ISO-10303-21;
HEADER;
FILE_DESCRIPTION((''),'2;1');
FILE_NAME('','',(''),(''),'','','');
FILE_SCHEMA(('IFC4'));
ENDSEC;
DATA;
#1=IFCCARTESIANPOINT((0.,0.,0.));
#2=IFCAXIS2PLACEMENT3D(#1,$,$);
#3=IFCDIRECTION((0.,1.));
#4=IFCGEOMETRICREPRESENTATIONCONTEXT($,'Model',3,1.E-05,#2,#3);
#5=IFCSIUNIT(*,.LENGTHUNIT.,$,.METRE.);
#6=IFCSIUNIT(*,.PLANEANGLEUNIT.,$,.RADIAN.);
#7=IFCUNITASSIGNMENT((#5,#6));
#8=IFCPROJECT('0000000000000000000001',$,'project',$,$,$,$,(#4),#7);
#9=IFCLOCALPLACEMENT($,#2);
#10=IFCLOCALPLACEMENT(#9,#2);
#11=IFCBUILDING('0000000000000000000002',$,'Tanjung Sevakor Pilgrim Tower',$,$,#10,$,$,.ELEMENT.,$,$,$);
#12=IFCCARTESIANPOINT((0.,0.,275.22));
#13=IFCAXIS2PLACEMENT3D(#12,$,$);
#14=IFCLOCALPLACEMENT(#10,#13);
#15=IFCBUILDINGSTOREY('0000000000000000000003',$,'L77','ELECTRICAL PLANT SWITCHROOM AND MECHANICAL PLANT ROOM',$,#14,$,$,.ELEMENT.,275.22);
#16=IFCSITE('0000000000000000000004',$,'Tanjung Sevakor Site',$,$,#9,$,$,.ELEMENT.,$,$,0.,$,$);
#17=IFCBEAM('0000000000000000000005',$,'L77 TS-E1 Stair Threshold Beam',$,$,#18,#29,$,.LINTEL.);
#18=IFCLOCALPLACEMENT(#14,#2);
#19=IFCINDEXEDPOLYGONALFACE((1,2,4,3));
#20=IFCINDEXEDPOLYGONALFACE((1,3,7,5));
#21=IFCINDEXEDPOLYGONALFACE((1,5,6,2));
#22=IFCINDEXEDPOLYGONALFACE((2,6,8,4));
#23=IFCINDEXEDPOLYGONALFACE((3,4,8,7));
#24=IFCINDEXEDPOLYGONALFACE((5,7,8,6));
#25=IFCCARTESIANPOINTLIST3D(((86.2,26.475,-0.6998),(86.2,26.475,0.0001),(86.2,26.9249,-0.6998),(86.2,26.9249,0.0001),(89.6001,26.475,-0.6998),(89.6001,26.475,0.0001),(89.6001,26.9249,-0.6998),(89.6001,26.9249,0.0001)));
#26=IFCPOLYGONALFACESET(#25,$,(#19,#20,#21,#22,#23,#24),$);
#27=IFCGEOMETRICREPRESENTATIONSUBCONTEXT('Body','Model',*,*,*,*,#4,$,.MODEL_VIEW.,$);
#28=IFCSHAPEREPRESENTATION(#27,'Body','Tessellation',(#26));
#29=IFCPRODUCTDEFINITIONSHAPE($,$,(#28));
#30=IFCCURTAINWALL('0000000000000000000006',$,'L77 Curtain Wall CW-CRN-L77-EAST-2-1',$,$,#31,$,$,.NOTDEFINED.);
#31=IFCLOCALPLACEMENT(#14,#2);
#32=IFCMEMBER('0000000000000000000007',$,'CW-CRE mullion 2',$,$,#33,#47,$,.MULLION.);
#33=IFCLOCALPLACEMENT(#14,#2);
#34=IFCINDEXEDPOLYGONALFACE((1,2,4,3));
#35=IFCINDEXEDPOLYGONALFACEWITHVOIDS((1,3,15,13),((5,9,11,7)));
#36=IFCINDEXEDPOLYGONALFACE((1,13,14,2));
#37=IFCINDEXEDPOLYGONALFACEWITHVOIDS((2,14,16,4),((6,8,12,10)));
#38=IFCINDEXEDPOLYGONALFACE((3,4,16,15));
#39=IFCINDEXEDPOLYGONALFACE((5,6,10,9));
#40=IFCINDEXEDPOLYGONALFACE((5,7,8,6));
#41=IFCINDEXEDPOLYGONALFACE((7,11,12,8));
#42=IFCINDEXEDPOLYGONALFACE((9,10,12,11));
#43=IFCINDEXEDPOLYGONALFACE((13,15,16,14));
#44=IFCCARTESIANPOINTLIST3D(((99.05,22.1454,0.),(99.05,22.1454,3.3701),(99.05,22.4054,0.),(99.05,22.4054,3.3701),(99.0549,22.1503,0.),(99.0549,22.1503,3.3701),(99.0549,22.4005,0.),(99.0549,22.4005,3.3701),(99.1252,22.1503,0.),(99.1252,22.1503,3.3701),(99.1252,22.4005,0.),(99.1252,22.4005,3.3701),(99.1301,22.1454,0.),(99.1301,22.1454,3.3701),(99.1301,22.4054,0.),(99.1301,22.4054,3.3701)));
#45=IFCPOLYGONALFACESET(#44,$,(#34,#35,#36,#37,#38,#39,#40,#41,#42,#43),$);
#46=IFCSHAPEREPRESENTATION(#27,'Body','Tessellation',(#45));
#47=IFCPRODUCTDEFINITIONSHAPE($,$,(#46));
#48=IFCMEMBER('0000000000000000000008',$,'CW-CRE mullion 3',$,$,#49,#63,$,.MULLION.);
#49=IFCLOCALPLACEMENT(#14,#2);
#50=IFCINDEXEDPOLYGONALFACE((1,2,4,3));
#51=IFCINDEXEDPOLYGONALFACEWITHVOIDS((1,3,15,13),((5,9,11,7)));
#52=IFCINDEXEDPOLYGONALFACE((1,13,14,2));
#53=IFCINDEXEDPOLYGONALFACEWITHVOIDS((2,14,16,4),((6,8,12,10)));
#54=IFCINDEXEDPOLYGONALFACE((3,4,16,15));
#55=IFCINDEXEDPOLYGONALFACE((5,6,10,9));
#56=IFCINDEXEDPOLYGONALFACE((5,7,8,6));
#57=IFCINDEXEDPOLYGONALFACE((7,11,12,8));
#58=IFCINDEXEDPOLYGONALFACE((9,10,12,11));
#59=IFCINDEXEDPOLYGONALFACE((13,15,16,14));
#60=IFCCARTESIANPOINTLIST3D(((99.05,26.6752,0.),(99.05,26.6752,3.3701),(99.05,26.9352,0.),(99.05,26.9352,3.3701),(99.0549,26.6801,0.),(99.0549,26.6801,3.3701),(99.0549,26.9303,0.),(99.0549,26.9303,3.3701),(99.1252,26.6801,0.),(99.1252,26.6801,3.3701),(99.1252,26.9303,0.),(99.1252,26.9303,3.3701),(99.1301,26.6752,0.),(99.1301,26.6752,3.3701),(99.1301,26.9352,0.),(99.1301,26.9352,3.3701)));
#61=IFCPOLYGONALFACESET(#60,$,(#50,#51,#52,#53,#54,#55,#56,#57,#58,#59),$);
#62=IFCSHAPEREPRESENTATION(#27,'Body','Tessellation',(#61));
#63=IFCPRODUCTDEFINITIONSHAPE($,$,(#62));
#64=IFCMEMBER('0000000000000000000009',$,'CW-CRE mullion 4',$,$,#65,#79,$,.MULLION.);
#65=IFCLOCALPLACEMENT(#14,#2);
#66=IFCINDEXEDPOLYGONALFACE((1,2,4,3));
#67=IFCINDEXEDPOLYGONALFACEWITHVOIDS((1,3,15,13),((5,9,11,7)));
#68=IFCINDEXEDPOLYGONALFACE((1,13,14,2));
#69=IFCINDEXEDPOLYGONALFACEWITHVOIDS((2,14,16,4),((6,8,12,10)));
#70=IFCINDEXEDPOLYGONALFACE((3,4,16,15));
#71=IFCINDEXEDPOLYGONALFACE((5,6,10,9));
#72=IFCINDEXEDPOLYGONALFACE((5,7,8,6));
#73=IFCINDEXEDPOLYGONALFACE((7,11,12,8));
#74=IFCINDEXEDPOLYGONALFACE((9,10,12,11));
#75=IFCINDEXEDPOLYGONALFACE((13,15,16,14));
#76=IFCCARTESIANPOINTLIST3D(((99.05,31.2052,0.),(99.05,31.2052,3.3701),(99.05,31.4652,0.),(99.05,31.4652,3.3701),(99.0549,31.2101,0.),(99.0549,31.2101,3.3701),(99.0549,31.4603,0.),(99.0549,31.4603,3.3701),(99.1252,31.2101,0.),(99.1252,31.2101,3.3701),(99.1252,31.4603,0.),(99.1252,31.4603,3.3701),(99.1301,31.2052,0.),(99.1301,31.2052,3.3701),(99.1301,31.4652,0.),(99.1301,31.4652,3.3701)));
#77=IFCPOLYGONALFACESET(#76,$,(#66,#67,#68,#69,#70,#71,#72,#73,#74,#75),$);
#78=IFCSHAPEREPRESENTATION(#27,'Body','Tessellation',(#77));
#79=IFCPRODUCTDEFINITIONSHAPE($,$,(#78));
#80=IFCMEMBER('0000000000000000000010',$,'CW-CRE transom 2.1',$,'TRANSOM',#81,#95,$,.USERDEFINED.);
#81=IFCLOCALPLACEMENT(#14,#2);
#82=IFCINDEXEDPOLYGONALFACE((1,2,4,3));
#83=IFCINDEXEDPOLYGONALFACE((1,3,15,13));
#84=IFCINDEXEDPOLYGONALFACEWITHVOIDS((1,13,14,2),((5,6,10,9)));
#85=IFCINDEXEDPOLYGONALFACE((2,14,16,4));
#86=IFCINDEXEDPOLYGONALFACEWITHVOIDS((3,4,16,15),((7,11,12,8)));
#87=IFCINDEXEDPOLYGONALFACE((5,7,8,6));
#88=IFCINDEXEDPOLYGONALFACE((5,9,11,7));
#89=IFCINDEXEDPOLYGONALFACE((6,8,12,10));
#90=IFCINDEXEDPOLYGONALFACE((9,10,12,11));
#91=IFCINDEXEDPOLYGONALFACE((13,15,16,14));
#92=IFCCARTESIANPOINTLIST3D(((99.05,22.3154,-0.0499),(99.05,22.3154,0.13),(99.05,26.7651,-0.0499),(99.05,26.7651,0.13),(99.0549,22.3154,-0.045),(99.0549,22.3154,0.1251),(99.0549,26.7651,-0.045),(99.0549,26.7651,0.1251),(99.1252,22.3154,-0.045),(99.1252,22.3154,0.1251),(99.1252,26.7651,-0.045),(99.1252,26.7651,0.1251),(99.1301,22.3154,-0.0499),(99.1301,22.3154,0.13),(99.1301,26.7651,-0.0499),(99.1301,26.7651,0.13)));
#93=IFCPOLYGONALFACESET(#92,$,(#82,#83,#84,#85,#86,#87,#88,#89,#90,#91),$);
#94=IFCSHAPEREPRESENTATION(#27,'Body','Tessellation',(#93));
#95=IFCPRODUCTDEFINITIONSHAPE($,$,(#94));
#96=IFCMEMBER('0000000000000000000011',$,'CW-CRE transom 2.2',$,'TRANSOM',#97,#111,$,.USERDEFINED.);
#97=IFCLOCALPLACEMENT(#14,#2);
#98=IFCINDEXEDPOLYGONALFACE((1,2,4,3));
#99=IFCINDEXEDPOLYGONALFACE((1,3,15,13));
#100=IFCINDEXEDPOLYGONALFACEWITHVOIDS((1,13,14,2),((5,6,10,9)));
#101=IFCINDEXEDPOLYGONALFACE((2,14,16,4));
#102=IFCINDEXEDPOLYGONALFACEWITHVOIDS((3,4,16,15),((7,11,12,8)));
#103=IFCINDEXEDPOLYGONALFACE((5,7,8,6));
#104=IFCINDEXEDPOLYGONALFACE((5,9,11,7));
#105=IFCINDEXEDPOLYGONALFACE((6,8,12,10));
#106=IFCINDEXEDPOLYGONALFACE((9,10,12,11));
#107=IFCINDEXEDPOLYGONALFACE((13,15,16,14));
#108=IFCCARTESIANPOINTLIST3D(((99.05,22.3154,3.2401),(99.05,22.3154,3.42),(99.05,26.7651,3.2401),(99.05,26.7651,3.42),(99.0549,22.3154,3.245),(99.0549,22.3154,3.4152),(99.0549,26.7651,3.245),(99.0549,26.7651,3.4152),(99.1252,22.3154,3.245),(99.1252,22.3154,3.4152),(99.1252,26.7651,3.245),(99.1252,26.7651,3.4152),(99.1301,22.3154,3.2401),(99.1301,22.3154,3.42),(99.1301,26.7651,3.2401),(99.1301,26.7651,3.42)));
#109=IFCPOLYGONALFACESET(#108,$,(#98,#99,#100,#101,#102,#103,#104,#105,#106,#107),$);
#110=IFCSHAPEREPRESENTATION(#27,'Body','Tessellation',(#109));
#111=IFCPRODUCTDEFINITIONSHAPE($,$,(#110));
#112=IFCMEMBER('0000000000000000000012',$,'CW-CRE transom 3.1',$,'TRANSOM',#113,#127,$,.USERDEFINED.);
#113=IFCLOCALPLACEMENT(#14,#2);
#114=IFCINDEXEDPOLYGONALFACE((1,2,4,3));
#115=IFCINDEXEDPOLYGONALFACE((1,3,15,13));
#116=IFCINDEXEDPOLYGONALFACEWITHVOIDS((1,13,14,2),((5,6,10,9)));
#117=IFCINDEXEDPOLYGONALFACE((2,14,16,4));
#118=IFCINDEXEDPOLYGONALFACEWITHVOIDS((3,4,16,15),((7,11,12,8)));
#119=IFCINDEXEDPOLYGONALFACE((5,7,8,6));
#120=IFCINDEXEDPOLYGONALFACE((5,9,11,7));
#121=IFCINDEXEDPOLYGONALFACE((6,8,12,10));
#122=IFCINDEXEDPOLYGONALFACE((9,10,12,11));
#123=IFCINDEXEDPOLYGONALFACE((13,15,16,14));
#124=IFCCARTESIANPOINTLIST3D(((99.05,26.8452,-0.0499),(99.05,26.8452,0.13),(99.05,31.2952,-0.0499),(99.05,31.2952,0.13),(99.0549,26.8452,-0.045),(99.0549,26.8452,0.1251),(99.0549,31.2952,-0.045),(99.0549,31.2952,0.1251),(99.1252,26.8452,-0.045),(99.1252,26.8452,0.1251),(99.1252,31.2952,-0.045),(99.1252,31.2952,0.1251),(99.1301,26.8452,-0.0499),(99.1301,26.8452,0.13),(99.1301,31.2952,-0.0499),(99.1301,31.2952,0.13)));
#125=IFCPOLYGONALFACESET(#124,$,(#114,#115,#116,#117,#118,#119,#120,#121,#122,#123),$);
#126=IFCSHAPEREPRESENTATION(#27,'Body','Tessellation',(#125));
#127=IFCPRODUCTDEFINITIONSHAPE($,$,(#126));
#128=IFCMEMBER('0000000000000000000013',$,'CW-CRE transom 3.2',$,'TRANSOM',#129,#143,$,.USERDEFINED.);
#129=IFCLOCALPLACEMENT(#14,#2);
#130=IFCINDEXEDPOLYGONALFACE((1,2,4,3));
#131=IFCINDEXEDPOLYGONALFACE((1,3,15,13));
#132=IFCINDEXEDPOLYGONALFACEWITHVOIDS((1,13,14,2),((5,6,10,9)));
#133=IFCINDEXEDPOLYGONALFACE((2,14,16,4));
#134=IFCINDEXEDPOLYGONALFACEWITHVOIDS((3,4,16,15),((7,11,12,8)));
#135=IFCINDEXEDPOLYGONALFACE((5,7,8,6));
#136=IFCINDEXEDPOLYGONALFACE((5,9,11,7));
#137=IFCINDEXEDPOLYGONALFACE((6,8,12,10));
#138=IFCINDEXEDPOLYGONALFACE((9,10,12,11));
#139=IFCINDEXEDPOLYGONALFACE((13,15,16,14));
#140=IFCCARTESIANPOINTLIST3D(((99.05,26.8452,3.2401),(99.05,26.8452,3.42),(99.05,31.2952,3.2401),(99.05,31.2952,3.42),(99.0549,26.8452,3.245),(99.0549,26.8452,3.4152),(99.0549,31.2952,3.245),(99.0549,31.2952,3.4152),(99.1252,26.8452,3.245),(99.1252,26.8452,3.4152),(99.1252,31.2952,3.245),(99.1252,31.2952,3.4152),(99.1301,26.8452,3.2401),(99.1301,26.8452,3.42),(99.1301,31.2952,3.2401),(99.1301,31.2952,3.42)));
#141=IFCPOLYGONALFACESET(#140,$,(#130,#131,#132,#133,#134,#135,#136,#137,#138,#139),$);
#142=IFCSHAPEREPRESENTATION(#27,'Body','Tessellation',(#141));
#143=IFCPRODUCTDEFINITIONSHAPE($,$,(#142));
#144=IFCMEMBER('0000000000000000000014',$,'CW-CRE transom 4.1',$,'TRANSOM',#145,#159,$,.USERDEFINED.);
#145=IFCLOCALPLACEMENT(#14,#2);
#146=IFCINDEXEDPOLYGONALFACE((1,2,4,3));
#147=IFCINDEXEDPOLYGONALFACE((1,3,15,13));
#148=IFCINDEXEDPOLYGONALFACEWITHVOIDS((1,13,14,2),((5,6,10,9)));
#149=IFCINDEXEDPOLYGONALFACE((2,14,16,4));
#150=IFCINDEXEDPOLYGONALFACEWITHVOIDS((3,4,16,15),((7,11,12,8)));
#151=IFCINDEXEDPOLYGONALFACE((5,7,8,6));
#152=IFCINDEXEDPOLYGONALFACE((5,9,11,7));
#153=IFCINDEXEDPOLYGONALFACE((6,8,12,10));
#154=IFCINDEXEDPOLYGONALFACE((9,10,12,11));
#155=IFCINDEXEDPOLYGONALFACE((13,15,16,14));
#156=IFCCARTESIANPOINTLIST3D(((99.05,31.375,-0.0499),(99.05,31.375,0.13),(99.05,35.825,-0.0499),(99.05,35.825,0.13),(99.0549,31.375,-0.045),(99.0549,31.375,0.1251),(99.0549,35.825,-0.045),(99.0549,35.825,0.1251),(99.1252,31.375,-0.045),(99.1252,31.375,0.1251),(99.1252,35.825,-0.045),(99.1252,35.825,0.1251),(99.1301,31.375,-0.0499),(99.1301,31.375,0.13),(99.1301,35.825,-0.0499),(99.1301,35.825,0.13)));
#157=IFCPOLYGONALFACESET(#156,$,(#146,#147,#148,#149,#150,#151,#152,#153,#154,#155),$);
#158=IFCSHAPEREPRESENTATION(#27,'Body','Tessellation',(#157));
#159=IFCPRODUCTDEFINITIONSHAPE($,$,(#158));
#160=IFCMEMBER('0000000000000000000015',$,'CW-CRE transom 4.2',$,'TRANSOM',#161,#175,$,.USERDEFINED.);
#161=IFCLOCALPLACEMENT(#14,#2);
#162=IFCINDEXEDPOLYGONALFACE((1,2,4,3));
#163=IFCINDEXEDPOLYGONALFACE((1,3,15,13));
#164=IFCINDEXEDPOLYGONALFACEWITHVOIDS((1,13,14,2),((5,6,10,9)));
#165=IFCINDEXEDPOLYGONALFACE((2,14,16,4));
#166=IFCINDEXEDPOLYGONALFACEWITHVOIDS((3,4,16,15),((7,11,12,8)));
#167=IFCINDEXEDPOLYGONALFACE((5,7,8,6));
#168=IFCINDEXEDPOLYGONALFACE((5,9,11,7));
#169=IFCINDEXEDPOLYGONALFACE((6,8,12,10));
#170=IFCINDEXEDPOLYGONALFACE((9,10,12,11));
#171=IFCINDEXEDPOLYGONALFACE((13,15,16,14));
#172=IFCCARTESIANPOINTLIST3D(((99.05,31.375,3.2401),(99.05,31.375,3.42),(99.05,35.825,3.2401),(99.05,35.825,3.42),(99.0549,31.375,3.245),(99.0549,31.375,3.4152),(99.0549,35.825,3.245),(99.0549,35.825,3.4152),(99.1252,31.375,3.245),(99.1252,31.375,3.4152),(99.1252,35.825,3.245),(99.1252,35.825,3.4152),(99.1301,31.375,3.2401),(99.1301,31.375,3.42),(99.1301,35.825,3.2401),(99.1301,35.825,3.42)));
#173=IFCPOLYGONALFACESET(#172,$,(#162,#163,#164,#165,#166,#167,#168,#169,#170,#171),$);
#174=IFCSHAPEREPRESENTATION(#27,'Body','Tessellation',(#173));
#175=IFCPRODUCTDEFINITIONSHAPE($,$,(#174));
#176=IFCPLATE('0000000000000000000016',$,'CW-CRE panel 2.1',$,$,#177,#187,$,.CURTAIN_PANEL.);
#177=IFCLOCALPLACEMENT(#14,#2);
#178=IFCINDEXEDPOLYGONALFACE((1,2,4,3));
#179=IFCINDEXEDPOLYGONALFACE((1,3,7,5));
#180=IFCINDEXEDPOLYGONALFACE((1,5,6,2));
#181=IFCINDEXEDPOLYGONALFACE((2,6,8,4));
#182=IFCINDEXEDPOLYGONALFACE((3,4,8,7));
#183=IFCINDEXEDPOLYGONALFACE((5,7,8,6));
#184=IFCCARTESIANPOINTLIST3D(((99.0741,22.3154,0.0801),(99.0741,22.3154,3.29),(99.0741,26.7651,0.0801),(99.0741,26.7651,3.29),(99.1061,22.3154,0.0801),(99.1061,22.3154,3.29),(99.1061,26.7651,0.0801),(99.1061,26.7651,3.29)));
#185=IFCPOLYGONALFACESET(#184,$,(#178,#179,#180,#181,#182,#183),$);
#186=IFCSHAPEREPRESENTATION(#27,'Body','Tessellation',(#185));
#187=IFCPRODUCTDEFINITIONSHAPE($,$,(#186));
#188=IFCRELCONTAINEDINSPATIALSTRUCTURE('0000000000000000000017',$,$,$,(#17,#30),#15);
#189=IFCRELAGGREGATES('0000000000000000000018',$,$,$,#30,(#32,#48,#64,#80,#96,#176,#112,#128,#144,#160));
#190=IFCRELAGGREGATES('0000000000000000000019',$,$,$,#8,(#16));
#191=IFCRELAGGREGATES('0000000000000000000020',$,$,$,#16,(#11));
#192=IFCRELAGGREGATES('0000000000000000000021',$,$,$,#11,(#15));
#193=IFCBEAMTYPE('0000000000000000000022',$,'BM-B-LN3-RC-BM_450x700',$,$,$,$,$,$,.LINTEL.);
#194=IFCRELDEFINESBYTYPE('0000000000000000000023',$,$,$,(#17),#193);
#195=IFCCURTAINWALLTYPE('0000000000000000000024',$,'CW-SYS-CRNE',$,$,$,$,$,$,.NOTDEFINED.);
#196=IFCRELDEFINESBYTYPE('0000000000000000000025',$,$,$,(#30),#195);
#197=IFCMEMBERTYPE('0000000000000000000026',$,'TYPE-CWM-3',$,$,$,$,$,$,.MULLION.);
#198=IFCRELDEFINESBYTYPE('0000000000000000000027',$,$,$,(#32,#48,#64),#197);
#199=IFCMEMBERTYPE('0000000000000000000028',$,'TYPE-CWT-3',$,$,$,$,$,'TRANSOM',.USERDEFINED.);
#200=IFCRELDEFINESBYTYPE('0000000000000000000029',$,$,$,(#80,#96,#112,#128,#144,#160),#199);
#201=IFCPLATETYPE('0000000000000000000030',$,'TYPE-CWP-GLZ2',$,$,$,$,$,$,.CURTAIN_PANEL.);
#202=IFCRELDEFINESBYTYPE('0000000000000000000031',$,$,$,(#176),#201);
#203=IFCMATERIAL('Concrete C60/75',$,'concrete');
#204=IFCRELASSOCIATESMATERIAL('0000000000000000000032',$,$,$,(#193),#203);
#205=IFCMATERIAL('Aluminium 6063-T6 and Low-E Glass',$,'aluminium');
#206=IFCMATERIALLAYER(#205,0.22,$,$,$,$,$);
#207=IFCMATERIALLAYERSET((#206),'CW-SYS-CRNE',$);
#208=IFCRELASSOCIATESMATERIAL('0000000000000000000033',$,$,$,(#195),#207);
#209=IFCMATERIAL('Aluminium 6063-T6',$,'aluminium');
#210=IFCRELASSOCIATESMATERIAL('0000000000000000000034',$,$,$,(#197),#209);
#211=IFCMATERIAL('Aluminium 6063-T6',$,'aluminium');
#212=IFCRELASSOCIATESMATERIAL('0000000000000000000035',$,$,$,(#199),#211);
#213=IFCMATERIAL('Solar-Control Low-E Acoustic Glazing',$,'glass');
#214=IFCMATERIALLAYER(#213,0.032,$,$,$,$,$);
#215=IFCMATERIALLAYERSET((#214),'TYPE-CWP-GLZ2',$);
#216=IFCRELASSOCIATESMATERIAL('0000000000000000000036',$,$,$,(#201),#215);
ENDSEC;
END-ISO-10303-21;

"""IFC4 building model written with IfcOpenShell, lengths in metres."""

from ifc_helpers import new_model, si_unit, direction, frame, origin, origin_2d, place, context, subcontext, project, spatial, rectangle, hollow_rectangle, extrude, material, layer, layer_set, material_profile, profile_set, type_object, element, aggregate, save


model = new_model("IFC4")

# Units and contexts
model_context = context("Model", 3, precision=1e-05, world=origin(), true_north=direction((0.0, 1.0)))
body_context = subcontext(model_context, "Body", "Model", "MODEL_VIEW")
ifc_project = project(units=[si_unit("LENGTHUNIT", "METRE"), si_unit("PLANEANGLEUNIT", "RADIAN")], contexts=[model_context])

# Site, building, storey
site_placement = place(None, origin())
site = spatial("IfcSite", under=ifc_project, at=site_placement, Name="Tanjung Sevakor Site", CompositionType="ELEMENT", RefElevation=0.0)
building_placement = place(site_placement, origin())
building = spatial("IfcBuilding", under=site, at=building_placement, Name="Tanjung Sevakor Pilgrim Tower", CompositionType="ELEMENT")
storey_placement = place(building_placement, frame((0.0, 0.0, 275.22)))
storey = spatial("IfcBuildingStorey", under=building, at=storey_placement, Name="L77", Description="ELECTRICAL PLANT SWITCHROOM AND MECHANICAL PLANT ROOM", CompositionType="ELEMENT", Elevation=275.22)

# Beam
ifc_material_1 = material(Name="Concrete C60/75", Category="concrete")
ifc_material_profile_1 = material_profile(ifc_material_1, rectangle(XDim=0.45, YDim=0.7, at=origin_2d()))
ifc_profile_set_1 = profile_set([ifc_material_profile_1], Name="Concrete C60/75")
beam_type = type_object("IfcBeamType", Name="BM-B-LN3-RC-BM_450x700", PredefinedType="LINTEL", material=ifc_profile_set_1)
beam_placement = place(storey_placement, frame((86.2, 26.7, -0.3499), z_axis=(1.0, 0.0, 0.0), x_axis=(0.0, 1.0, 0.0)))
element("IfcBeam", 1, at=beam_placement, inside=storey, type_object=beam_type, Name="L77 TS-E1 Stair Threshold Beam", PredefinedType="LINTEL", context=body_context, shape_type="SweptSolid", body=[
    extrude(rectangle(XDim=0.45, YDim=0.7, at=origin_2d()), origin(), (0.0, 0.0, 1.0), 3.4001),
])

# Curtain wall, members, plate
ifc_material_2 = material(Name="Aluminium 6063-T6 and Low-E Glass", Category="aluminium")
ifc_layer_1 = layer(ifc_material_2, 0.22)
ifc_layer_set_1 = layer_set([ifc_layer_1], Name="CW-SYS-CRNE")
curtain_wall_type = type_object("IfcCurtainWallType", Name="CW-SYS-CRNE", PredefinedType="NOTDEFINED", material=ifc_layer_set_1)
curtain_wall_placement = place(storey_placement, origin())
curtain_wall = element("IfcCurtainWall", 2, at=curtain_wall_placement, inside=storey, type_object=curtain_wall_type, Name="L77 Curtain Wall CW-CRN-L77-EAST-2-1", PredefinedType="NOTDEFINED")
ifc_material_3 = material(Name="Aluminium 6063-T6", Category="aluminium")
ifc_material_profile_2 = material_profile(ifc_material_3, hollow_rectangle(XDim=0.0801, YDim=0.26, WallThickness=0.0049, at=origin_2d()))
ifc_profile_set_2 = profile_set([ifc_material_profile_2], Name="Aluminium 6063-T6")
member_type_1 = type_object("IfcMemberType", Name="TYPE-CWM-3", PredefinedType="MULLION", material=ifc_profile_set_2)
member_1_placement = place(storey_placement, frame((99.0901, 22.2754, 0.0), z_axis=(0.0, 0.0, 1.0), x_axis=(-1.0, 0.0, 0.0)))
member_1 = element("IfcMember", 3, at=member_1_placement, type_object=member_type_1, Name="CW-CRE mullion 2", PredefinedType="MULLION", context=body_context, shape_type="SweptSolid", body=[
    extrude(hollow_rectangle(XDim=0.0801, YDim=0.26, WallThickness=0.0049, at=origin_2d()), origin(), (0.0, 0.0, 1.0), 3.3701),
])
member_2_placement = place(storey_placement, frame((99.0901, 26.8052, 0.0), z_axis=(0.0, 0.0, 1.0), x_axis=(-1.0, 0.0, 0.0)))
member_2 = element("IfcMember", 4, at=member_2_placement, type_object=member_type_1, Name="CW-CRE mullion 3", PredefinedType="MULLION", context=body_context, shape_type="SweptSolid", body=[
    extrude(hollow_rectangle(XDim=0.0801, YDim=0.26, WallThickness=0.0049, at=origin_2d()), origin(), (0.0, 0.0, 1.0), 3.3701),
])
member_3_placement = place(storey_placement, frame((99.0901, 31.3352, 0.0), z_axis=(0.0, 0.0, 1.0), x_axis=(-1.0, 0.0, 0.0)))
member_3 = element("IfcMember", 5, at=member_3_placement, type_object=member_type_1, Name="CW-CRE mullion 4", PredefinedType="MULLION", context=body_context, shape_type="SweptSolid", body=[
    extrude(hollow_rectangle(XDim=0.0801, YDim=0.26, WallThickness=0.0049, at=origin_2d()), origin(), (0.0, 0.0, 1.0), 3.3701),
])
ifc_material_4 = material(Name="Aluminium 6063-T6", Category="aluminium")
ifc_material_profile_3 = material_profile(ifc_material_4, hollow_rectangle(XDim=0.0801, YDim=0.1799, WallThickness=0.0049, at=origin_2d()))
ifc_profile_set_3 = profile_set([ifc_material_profile_3], Name="Aluminium 6063-T6")
member_type_2 = type_object("IfcMemberType", Name="TYPE-CWT-3", ElementType="TRANSOM", PredefinedType="USERDEFINED", material=ifc_profile_set_3)
member_4_placement = place(storey_placement, frame((99.0901, 22.3154, 0.04), z_axis=(0.0, 1.0, 0.0), x_axis=(-1.0, 0.0, 0.0)))
member_4 = element("IfcMember", 6, at=member_4_placement, type_object=member_type_2, Name="CW-CRE transom 2.1", ObjectType="TRANSOM", PredefinedType="USERDEFINED", context=body_context, shape_type="SweptSolid", body=[
    extrude(hollow_rectangle(XDim=0.0801, YDim=0.1799, WallThickness=0.0049, at=origin_2d()), origin(), (0.0, 0.0, 1.0), 4.4497),
])
member_5_placement = place(storey_placement, frame((99.0901, 22.3154, 3.3301), z_axis=(0.0, 1.0, 0.0), x_axis=(-1.0, 0.0, 0.0)))
member_5 = element("IfcMember", 7, at=member_5_placement, type_object=member_type_2, Name="CW-CRE transom 2.2", ObjectType="TRANSOM", PredefinedType="USERDEFINED", context=body_context, shape_type="SweptSolid", body=[
    extrude(hollow_rectangle(XDim=0.0801, YDim=0.1799, WallThickness=0.0049, at=origin_2d()), origin(), (0.0, 0.0, 1.0), 4.4497),
])
member_6_placement = place(storey_placement, frame((99.0901, 26.8452, 0.04), z_axis=(0.0, 1.0, 0.0), x_axis=(-1.0, 0.0, 0.0)))
member_6 = element("IfcMember", 8, at=member_6_placement, type_object=member_type_2, Name="CW-CRE transom 3.1", ObjectType="TRANSOM", PredefinedType="USERDEFINED", context=body_context, shape_type="SweptSolid", body=[
    extrude(hollow_rectangle(XDim=0.0801, YDim=0.1799, WallThickness=0.0049, at=origin_2d()), origin(), (0.0, 0.0, 1.0), 4.45),
])
member_7_placement = place(storey_placement, frame((99.0901, 26.8452, 3.3301), z_axis=(0.0, 1.0, 0.0), x_axis=(-1.0, 0.0, 0.0)))
member_7 = element("IfcMember", 9, at=member_7_placement, type_object=member_type_2, Name="CW-CRE transom 3.2", ObjectType="TRANSOM", PredefinedType="USERDEFINED", context=body_context, shape_type="SweptSolid", body=[
    extrude(hollow_rectangle(XDim=0.0801, YDim=0.1799, WallThickness=0.0049, at=origin_2d()), origin(), (0.0, 0.0, 1.0), 4.45),
])
member_8_placement = place(storey_placement, frame((99.0901, 31.375, 0.04), z_axis=(0.0, 1.0, 0.0), x_axis=(-1.0, 0.0, 0.0)))
member_8 = element("IfcMember", 10, at=member_8_placement, type_object=member_type_2, Name="CW-CRE transom 4.1", ObjectType="TRANSOM", PredefinedType="USERDEFINED", context=body_context, shape_type="SweptSolid", body=[
    extrude(hollow_rectangle(XDim=0.0801, YDim=0.1799, WallThickness=0.0049, at=origin_2d()), origin(), (0.0, 0.0, 1.0), 4.45),
])
member_9_placement = place(storey_placement, frame((99.0901, 31.375, 3.3301), z_axis=(0.0, 1.0, 0.0), x_axis=(-1.0, 0.0, 0.0)))
member_9 = element("IfcMember", 11, at=member_9_placement, type_object=member_type_2, Name="CW-CRE transom 4.2", ObjectType="TRANSOM", PredefinedType="USERDEFINED", context=body_context, shape_type="SweptSolid", body=[
    extrude(hollow_rectangle(XDim=0.0801, YDim=0.1799, WallThickness=0.0049, at=origin_2d()), origin(), (0.0, 0.0, 1.0), 4.45),
])
ifc_material_5 = material(Name="Solar-Control Low-E Acoustic Glazing", Category="glass")
ifc_layer_2 = layer(ifc_material_5, 0.032)
ifc_layer_set_2 = layer_set([ifc_layer_2], Name="TYPE-CWP-GLZ2")
plate_type = type_object("IfcPlateType", Name="TYPE-CWP-GLZ2", PredefinedType="CURTAIN_PANEL", material=ifc_layer_set_2)
plate_1_placement = place(storey_placement, frame((99.0901, 24.5403, 0.0801), z_axis=(0.0, 0.0, 1.0), x_axis=(0.0, 1.0, 0.0)))
plate_1 = element("IfcPlate", 12, at=plate_1_placement, type_object=plate_type, Name="CW-CRE panel 2.1", PredefinedType="CURTAIN_PANEL", context=body_context, shape_type="SweptSolid", body=[
    extrude(rectangle(XDim=4.4497, YDim=0.032, at=origin_2d()), origin(), (0.0, 0.0, 1.0), 3.21),
])
aggregate(curtain_wall, [member_1, member_2, member_3, member_4, member_5, plate_1, member_6, member_7, member_8, member_9])

save(model, "model.ifc")
